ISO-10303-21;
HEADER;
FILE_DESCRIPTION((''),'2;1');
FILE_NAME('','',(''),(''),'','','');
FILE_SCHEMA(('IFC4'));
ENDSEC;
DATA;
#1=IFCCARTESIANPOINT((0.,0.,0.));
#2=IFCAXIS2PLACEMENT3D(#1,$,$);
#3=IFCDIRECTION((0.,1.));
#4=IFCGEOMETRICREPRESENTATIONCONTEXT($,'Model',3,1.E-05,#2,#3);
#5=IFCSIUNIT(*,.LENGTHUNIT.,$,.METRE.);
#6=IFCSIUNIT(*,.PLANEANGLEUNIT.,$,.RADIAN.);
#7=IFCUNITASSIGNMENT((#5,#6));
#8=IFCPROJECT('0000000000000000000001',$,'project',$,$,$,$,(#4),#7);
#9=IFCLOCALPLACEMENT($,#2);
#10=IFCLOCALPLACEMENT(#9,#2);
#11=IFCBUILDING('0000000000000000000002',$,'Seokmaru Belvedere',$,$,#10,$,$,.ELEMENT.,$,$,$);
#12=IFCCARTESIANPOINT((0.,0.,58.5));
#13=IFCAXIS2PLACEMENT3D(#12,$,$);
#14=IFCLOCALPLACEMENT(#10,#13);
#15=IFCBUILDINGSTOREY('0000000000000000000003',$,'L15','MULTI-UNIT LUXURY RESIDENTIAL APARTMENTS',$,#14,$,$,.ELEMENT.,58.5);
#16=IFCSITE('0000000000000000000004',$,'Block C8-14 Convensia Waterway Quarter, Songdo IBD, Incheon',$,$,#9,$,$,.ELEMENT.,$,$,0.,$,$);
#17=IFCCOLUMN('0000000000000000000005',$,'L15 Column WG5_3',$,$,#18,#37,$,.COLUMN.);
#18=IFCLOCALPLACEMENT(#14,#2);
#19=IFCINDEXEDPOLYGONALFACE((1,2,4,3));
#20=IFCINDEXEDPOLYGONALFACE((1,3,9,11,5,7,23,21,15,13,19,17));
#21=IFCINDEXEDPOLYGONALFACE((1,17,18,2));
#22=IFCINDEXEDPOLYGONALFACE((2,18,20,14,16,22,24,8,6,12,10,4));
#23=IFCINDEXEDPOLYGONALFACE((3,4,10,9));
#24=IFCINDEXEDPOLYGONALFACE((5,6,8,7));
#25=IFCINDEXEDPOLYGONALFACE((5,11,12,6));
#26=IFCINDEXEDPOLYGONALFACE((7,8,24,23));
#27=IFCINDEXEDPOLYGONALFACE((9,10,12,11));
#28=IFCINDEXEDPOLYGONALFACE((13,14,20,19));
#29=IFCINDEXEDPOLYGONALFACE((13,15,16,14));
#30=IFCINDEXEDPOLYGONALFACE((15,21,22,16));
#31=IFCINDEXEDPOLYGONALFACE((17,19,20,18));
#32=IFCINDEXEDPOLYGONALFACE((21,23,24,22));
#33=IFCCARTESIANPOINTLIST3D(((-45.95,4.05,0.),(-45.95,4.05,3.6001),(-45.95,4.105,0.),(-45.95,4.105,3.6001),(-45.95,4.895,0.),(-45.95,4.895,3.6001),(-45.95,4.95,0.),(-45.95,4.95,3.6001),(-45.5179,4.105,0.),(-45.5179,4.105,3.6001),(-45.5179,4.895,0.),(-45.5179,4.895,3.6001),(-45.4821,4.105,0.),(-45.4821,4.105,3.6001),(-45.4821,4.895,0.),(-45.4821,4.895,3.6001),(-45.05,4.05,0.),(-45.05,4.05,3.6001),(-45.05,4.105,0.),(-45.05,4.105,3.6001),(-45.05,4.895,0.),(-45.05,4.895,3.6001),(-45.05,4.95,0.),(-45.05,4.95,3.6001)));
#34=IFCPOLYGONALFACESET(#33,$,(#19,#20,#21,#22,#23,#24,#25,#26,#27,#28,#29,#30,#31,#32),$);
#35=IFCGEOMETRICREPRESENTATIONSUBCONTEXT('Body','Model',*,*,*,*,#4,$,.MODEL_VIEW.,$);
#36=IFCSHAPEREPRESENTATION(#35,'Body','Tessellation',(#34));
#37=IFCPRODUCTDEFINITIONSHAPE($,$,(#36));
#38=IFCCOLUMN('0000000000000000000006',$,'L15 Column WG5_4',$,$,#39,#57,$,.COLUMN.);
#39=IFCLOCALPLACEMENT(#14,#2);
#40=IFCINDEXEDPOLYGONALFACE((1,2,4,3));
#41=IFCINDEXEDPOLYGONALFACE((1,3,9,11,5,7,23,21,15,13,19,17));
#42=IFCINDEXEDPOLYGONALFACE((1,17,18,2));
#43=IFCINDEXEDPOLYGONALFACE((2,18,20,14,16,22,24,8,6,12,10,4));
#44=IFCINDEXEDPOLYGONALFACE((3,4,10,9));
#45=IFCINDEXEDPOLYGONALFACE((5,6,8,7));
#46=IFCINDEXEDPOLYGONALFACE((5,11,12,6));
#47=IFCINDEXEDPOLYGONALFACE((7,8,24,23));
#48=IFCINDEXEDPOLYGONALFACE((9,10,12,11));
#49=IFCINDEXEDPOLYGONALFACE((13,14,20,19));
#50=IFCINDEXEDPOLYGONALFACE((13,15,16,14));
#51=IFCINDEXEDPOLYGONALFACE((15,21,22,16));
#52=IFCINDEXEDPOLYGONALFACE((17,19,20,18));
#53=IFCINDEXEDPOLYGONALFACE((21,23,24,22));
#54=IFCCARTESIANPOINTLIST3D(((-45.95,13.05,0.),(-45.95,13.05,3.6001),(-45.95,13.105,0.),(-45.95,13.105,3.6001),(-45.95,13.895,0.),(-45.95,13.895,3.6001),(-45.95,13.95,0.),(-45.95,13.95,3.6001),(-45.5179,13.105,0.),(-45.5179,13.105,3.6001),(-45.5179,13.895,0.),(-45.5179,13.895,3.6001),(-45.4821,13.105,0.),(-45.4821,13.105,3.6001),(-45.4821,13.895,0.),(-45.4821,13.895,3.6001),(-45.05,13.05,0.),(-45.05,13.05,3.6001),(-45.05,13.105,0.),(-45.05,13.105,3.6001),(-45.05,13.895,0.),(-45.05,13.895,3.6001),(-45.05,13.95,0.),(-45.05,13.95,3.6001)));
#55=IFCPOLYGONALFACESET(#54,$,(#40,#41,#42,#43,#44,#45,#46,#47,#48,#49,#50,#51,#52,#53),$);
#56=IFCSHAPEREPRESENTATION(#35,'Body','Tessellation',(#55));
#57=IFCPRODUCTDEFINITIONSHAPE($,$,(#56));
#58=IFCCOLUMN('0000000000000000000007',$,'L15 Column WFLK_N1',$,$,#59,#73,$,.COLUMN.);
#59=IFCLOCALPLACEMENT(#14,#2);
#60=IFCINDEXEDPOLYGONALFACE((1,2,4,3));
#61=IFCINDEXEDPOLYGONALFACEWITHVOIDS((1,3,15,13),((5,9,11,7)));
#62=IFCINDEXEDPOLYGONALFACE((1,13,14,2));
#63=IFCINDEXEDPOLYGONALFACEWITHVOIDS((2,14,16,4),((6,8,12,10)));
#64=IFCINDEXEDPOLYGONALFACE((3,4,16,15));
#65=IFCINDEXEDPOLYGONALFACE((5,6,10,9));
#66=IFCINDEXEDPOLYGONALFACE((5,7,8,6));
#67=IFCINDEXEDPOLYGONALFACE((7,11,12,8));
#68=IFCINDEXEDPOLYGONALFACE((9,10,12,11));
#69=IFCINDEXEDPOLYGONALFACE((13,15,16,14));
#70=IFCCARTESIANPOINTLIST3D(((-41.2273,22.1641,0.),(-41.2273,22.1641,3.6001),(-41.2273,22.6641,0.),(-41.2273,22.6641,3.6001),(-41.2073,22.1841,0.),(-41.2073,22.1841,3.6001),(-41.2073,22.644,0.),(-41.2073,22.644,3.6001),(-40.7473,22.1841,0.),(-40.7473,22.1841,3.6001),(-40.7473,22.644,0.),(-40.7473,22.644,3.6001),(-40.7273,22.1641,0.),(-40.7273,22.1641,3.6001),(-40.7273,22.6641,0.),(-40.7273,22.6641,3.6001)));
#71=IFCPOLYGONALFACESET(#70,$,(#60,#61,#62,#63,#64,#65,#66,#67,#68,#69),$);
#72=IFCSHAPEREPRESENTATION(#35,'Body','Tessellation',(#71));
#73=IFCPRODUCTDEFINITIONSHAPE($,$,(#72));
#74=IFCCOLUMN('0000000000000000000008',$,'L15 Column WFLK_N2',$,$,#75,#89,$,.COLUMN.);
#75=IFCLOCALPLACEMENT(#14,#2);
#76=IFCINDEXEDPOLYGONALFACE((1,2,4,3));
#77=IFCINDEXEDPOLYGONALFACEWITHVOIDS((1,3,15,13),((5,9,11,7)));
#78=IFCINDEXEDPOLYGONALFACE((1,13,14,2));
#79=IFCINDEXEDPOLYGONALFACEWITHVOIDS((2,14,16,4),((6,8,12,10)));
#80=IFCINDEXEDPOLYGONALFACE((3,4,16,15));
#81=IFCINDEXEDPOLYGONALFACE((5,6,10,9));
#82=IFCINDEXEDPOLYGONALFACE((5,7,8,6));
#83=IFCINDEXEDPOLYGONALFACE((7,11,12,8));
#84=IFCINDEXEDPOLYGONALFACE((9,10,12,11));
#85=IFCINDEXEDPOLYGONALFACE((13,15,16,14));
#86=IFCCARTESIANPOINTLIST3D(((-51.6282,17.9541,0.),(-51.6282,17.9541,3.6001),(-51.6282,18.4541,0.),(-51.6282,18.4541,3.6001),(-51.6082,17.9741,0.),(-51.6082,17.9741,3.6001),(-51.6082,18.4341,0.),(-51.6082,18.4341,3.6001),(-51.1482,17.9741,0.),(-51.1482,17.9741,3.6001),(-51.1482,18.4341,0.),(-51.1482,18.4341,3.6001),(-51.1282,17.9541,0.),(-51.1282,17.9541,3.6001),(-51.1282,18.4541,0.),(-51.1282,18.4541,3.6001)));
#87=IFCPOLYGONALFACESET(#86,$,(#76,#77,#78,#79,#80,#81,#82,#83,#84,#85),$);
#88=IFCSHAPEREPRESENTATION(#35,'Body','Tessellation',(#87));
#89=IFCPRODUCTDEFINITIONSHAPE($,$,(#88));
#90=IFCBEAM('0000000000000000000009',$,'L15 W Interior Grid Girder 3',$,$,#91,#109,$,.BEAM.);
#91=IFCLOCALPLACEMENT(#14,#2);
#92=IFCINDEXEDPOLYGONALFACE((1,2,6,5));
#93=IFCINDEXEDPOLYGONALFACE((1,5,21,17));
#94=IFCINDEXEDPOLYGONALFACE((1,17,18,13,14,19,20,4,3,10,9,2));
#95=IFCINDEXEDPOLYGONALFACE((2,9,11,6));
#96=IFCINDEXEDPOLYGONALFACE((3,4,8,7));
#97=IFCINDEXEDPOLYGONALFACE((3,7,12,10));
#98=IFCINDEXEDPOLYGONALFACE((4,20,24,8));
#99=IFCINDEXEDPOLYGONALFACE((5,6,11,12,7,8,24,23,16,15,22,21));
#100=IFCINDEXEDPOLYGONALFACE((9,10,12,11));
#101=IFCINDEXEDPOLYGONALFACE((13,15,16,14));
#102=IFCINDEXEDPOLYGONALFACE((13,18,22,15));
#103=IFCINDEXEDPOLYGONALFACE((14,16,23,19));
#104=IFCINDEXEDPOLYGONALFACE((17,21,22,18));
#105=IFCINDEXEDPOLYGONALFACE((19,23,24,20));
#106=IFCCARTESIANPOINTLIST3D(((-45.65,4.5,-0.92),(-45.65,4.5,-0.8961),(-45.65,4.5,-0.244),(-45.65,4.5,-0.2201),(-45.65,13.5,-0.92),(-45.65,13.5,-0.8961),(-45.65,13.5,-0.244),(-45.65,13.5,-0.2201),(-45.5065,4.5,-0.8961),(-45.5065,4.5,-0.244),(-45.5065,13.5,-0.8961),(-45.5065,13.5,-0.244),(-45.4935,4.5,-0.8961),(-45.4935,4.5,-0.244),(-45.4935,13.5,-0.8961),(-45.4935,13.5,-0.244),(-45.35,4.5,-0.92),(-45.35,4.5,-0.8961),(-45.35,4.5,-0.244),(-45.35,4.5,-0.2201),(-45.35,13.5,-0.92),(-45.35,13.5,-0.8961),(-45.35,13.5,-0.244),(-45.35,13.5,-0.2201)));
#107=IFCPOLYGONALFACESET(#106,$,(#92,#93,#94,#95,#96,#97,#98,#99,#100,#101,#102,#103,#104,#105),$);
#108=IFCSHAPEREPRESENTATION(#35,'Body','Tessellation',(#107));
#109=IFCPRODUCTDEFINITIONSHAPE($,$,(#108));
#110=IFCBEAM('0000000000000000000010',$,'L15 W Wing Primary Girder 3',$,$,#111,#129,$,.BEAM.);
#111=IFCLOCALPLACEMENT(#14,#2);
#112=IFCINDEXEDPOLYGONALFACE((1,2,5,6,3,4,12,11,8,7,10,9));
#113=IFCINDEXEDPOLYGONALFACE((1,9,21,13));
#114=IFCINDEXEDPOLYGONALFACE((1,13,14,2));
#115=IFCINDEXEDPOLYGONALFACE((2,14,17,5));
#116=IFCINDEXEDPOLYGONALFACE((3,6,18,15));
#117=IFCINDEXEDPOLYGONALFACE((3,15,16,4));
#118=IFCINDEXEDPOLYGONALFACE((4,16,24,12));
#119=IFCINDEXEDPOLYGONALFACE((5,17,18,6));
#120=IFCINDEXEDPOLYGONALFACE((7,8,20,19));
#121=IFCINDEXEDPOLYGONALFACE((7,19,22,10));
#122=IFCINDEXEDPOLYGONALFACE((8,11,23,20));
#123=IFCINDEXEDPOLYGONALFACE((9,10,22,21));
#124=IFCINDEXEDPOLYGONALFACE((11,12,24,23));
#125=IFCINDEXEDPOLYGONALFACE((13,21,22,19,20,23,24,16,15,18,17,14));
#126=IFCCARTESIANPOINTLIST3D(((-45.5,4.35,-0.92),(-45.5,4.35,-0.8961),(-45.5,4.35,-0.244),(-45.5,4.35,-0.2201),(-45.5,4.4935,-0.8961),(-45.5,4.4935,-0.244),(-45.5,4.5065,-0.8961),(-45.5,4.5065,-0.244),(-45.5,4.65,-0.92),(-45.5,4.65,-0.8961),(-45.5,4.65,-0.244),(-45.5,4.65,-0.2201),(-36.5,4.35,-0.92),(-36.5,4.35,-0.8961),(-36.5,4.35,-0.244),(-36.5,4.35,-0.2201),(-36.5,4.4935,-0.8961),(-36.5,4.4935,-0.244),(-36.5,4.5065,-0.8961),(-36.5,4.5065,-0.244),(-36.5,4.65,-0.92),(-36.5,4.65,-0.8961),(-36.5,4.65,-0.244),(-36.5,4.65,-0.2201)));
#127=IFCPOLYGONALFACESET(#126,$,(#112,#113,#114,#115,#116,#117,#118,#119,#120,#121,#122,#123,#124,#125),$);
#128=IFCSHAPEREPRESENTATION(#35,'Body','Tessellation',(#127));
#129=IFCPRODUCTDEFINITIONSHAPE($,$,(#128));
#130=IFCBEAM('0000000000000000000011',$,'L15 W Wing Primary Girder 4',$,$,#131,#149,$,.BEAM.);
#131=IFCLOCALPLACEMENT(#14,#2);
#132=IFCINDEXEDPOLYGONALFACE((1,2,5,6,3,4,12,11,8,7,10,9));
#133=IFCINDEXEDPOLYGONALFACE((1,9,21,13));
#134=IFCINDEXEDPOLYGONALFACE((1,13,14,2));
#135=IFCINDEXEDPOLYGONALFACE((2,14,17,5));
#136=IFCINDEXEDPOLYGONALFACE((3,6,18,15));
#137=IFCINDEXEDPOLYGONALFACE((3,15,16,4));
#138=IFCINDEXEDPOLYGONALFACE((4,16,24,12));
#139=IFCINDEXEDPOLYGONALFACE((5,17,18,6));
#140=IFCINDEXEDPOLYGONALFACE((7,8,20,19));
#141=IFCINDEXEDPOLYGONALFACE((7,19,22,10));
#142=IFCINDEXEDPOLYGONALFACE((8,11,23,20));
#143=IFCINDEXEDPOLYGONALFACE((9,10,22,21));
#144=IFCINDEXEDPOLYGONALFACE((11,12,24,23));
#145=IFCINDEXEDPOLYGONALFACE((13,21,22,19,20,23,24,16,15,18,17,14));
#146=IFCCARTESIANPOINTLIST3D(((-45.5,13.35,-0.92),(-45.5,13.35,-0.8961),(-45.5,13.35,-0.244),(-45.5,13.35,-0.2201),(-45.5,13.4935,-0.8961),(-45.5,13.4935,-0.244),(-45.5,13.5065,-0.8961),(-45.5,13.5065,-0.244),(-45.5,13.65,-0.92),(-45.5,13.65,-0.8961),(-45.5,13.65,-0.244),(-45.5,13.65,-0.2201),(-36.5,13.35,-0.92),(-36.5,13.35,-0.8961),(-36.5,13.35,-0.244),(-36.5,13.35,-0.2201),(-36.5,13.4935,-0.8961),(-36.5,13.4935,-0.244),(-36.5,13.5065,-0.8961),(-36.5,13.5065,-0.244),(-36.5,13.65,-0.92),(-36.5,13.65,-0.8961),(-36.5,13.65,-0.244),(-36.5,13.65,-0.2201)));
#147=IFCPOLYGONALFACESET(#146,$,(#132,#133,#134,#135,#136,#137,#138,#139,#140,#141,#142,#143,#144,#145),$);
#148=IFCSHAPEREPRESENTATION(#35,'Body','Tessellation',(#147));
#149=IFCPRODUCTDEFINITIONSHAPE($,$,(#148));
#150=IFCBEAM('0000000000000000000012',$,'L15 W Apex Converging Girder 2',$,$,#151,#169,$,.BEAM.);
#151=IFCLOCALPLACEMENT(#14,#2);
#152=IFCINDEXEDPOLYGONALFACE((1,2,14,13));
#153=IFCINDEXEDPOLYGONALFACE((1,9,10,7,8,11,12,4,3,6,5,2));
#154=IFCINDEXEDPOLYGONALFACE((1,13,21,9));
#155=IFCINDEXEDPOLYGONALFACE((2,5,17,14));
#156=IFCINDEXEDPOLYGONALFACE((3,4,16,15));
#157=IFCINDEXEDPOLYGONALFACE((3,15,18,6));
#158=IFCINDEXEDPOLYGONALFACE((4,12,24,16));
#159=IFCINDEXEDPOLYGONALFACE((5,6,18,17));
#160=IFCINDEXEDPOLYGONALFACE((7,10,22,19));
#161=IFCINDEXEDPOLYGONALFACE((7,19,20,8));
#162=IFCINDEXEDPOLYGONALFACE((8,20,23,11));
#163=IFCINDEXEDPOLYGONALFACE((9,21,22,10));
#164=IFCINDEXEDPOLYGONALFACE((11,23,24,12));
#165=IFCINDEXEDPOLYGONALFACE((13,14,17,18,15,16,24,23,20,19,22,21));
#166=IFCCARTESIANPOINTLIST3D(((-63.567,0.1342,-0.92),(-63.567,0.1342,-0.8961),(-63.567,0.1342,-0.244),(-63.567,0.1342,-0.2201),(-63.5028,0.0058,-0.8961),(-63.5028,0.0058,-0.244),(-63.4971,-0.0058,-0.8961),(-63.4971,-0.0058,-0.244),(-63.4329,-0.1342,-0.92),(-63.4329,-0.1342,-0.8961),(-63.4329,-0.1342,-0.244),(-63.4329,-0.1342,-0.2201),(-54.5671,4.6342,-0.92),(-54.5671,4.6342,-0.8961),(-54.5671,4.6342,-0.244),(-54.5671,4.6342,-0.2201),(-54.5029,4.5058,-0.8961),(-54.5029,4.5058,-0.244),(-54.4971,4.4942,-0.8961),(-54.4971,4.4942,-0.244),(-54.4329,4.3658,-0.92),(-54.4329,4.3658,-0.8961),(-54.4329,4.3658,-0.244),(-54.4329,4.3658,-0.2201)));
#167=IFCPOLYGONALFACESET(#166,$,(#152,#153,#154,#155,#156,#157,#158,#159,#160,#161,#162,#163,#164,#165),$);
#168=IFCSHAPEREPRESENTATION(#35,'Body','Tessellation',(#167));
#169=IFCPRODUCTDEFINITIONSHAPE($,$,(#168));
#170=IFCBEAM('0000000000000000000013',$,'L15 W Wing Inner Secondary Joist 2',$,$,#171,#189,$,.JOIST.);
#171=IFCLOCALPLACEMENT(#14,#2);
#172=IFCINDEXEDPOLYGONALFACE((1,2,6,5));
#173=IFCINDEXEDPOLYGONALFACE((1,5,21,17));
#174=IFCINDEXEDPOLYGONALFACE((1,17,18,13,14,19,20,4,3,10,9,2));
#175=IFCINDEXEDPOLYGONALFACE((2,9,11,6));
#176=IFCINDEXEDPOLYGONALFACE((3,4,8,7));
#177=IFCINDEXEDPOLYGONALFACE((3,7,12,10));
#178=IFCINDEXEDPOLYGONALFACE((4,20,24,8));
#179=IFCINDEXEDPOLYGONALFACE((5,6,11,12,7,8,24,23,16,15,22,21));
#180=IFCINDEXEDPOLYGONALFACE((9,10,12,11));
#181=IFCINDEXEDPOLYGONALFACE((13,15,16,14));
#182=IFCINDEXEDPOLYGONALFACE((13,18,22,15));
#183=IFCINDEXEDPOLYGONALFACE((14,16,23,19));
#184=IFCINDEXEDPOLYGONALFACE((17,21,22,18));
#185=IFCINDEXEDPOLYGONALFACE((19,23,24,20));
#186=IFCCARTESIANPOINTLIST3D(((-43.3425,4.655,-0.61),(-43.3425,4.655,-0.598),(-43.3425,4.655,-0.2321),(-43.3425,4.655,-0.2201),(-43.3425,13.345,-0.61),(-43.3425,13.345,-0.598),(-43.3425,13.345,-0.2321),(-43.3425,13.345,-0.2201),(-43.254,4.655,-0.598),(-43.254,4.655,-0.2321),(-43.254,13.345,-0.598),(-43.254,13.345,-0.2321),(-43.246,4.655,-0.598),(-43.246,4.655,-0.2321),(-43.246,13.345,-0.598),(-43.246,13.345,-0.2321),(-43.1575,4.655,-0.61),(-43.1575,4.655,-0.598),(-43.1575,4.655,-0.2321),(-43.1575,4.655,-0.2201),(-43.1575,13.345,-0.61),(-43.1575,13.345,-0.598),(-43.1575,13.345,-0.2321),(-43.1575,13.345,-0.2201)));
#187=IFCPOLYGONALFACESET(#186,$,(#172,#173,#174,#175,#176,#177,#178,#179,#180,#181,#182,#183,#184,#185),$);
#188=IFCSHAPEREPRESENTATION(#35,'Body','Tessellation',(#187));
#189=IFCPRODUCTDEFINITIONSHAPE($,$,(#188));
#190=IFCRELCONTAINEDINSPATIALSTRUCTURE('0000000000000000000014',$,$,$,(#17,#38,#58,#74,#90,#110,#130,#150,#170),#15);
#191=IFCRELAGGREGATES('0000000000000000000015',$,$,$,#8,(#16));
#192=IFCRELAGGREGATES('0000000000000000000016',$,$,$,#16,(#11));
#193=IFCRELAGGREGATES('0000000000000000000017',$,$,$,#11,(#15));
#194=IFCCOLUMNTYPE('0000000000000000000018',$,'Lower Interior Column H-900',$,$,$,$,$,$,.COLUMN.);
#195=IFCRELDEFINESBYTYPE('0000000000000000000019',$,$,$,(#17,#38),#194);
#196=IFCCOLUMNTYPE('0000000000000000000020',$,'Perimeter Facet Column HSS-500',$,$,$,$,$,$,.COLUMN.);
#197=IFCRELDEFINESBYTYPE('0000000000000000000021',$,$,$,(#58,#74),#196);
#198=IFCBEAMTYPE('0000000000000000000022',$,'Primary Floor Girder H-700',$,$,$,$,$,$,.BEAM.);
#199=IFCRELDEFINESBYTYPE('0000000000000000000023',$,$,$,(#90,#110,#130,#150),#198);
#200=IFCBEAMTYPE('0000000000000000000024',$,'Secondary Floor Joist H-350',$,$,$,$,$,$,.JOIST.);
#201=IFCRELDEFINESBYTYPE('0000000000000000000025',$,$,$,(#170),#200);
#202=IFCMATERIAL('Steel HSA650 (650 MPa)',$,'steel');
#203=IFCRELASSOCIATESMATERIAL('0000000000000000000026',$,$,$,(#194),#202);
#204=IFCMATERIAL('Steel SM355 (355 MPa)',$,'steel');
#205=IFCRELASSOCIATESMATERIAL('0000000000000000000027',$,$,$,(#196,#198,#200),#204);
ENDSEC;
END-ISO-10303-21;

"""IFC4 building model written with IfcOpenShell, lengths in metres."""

from ifc_helpers import new_model, si_unit, direction, frame, origin, origin_2d, place, context, subcontext, project, spatial, hollow_rectangle, i_section, extrude, source, transform, mapped, material, material_profile, profile_set, type_object, type_shapes, element, save


model = new_model("IFC4")

# Units and contexts
model_context = context("Model", 3, precision=1e-05, world=origin(), true_north=direction((0.0, 1.0)))
body_context = subcontext(model_context, "Body", "Model", "MODEL_VIEW")
ifc_project = project(units=[si_unit("LENGTHUNIT", "METRE"), si_unit("PLANEANGLEUNIT", "RADIAN")], contexts=[model_context])

# Site, building, storey
site_placement = place(None, origin())
site = spatial("IfcSite", under=ifc_project, at=site_placement, Name="Block C8-14 Convensia Waterway Quarter, Songdo IBD, Incheon", CompositionType="ELEMENT", RefElevation=0.0)
building_placement = place(site_placement, origin())
building = spatial("IfcBuilding", under=site, at=building_placement, Name="Seokmaru Belvedere", CompositionType="ELEMENT")
storey_placement = place(building_placement, frame((0.0, 0.0, 58.5)))
storey = spatial("IfcBuildingStorey", under=building, at=storey_placement, Name="L15", Description="MULTI-UNIT LUXURY RESIDENTIAL APARTMENTS", CompositionType="ELEMENT", Elevation=58.5)

# Columns
ifc_material_1 = material(Name="Steel HSA650 (650 MPa)", Category="steel")
ifc_material_profile_1 = material_profile(ifc_material_1, i_section(OverallWidth=0.8999, OverallDepth=0.8999, WebThickness=0.0359, FlangeThickness=0.0549, at=origin_2d()), Name="H-900x900x36x55")
ifc_profile_set_1 = profile_set([ifc_material_profile_1], Name="Steel HSA650 (650 MPa)")
column_type_1 = type_object("IfcColumnType", Name="Lower Interior Column H-900", PredefinedType="COLUMN", material=ifc_profile_set_1)
shared_shape_1 = source(origin(), body_context, "Body", "SweptSolid", [
    extrude(i_section(OverallWidth=0.8999, OverallDepth=0.8999, WebThickness=0.0359, FlangeThickness=0.0549, at=origin_2d()), origin(), (0.0, 0.0, 1.0), 3.6001),
])
type_shapes(column_type_1, [shared_shape_1])
for number, where, z_axis, x_axis, name in (
    (1, (-45.5, 4.5, 0.0), (0.0, 0.0, 1.0), (1.0, 0.0, 0.0), "L15 Column WG5_3"),
    (2, (-45.5, 13.5, 0.0), (0.0, 0.0, 1.0), (1.0, 0.0, 0.0), "L15 Column WG5_4"),
):
    element("IfcColumn", number, at=place(storey_placement, frame(where, z_axis=z_axis, x_axis=x_axis)), inside=storey, type_object=column_type_1, Name=name, PredefinedType="COLUMN", context=body_context, shape_type="MappedRepresentation", body=[
        mapped(shared_shape_1, transform((0.0, 0.0, 0.0), scale=1.0)),
    ])
ifc_material_2 = material(Name="Steel SM355 (355 MPa)", Category="steel")
ifc_material_profile_2 = material_profile(ifc_material_2, hollow_rectangle(XDim=0.5, YDim=0.5, WallThickness=0.02, at=origin_2d()), Name="HSS-500x500x20")
ifc_profile_set_2 = profile_set([ifc_material_profile_2], Name="Steel SM355 (355 MPa)")
column_type_2 = type_object("IfcColumnType", Name="Perimeter Facet Column HSS-500", PredefinedType="COLUMN", material=ifc_profile_set_2)
shared_shape_2 = source(origin(), body_context, "Body", "SweptSolid", [
    extrude(hollow_rectangle(XDim=0.5, YDim=0.5, WallThickness=0.02, at=origin_2d()), origin(), (0.0, 0.0, 1.0), 3.6001),
])
type_shapes(column_type_2, [shared_shape_2])
for number, where, z_axis, x_axis, name in (
    (3, (-40.9773, 22.4141, 0.0), (0.0, 0.0, 1.0), (1.0, 0.0, 0.0), "L15 Column WFLK_N1"),
    (4, (-51.3782, 18.2041, 0.0), (0.0, 0.0, 1.0), (1.0, 0.0, 0.0), "L15 Column WFLK_N2"),
):
    element("IfcColumn", number, at=place(storey_placement, frame(where, z_axis=z_axis, x_axis=x_axis)), inside=storey, type_object=column_type_2, Name=name, PredefinedType="COLUMN", context=body_context, shape_type="MappedRepresentation", body=[
        mapped(shared_shape_2, transform((0.0, 0.0, 0.0), scale=1.0)),
    ])

# Beams
ifc_material_profile_3 = material_profile(ifc_material_2, i_section(OverallWidth=0.3, OverallDepth=0.7, WebThickness=0.0129, FlangeThickness=0.0239, at=origin_2d()), Name="H-700x300x13x24")
ifc_profile_set_3 = profile_set([ifc_material_profile_3], Name="Steel SM355 (355 MPa)")
beam_type_1 = type_object("IfcBeamType", Name="Primary Floor Girder H-700", PredefinedType="BEAM", material=ifc_profile_set_3)
shared_shape_3 = source(origin(), body_context, "Body", "SweptSolid", [
    extrude(i_section(OverallWidth=0.3, OverallDepth=0.7, WebThickness=0.0129, FlangeThickness=0.0239, at=origin_2d()), origin(), (0.0, 0.0, 1.0), 9.0),
])
for number, where, z_axis, x_axis, name in (
    (5, (-45.5, 4.5, -0.5701), (0.0, 1.0, 0.0), (-1.0, 0.0, 0.0), "L15 W Interior Grid Girder 3"),
    (6, (-45.5, 4.5, -0.5701), (1.0, 0.0, 0.0), (0.0, 1.0, 0.0), "L15 W Wing Primary Girder 3"),
    (7, (-45.5, 13.5, -0.5701), (1.0, 0.0, 0.0), (0.0, 1.0, 0.0), "L15 W Wing Primary Girder 4"),
):
    element("IfcBeam", number, at=place(storey_placement, frame(where, z_axis=z_axis, x_axis=x_axis)), inside=storey, type_object=beam_type_1, Name=name, PredefinedType="BEAM", context=body_context, shape_type="MappedRepresentation", body=[
        mapped(shared_shape_3, transform((0.0, 0.0, 0.0), scale=1.0)),
    ])
shared_shape_4 = source(origin(), body_context, "Body", "SweptSolid", [
    extrude(i_section(OverallWidth=0.3, OverallDepth=0.7, WebThickness=0.0129, FlangeThickness=0.0239, at=origin_2d()), origin(), (0.0, 0.0, 1.0), 10.0623),
])
beam_1_placement = place(storey_placement, frame((-54.5, 4.5, -0.5701), z_axis=(-0.894427, -0.447214, 0.0), x_axis=(0.447214, -0.894427, 0.0)))
element("IfcBeam", 8, at=beam_1_placement, inside=storey, type_object=beam_type_1, Name="L15 W Apex Converging Girder 2", PredefinedType="BEAM", context=body_context, shape_type="MappedRepresentation", body=[
    mapped(shared_shape_4, transform((0.0, 0.0, 0.0), scale=1.0)),
])
ifc_material_profile_4 = material_profile(ifc_material_2, i_section(OverallWidth=0.1851, OverallDepth=0.3899, WebThickness=0.0081, FlangeThickness=0.012, at=origin_2d()), Name="H-390x185x8x12")
ifc_profile_set_4 = profile_set([ifc_material_profile_4], Name="Steel SM355 (355 MPa)")
beam_type_2 = type_object("IfcBeamType", Name="Secondary Floor Joist H-350", PredefinedType="JOIST", material=ifc_profile_set_4)
shared_shape_5 = source(origin(), body_context, "Body", "SweptSolid", [
    extrude(i_section(OverallWidth=0.1851, OverallDepth=0.3899, WebThickness=0.0081, FlangeThickness=0.012, at=origin_2d()), origin(), (0.0, 0.0, 1.0), 8.6899),
])
type_shapes(beam_type_2, [shared_shape_5])
for number, where, z_axis, x_axis, name in (
    (9, (-43.25, 4.655, -0.415), (0.0, 1.0, 0.0), (-1.0, 0.0, 0.0), "L15 W Wing Inner Secondary Joist 2"),
):
    element("IfcBeam", number, at=place(storey_placement, frame(where, z_axis=z_axis, x_axis=x_axis)), inside=storey, type_object=beam_type_2, Name=name, PredefinedType="JOIST", context=body_context, shape_type="MappedRepresentation", body=[
        mapped(shared_shape_5, transform((0.0, 0.0, 0.0), scale=1.0)),
    ])

save(model, "model.ifc")
